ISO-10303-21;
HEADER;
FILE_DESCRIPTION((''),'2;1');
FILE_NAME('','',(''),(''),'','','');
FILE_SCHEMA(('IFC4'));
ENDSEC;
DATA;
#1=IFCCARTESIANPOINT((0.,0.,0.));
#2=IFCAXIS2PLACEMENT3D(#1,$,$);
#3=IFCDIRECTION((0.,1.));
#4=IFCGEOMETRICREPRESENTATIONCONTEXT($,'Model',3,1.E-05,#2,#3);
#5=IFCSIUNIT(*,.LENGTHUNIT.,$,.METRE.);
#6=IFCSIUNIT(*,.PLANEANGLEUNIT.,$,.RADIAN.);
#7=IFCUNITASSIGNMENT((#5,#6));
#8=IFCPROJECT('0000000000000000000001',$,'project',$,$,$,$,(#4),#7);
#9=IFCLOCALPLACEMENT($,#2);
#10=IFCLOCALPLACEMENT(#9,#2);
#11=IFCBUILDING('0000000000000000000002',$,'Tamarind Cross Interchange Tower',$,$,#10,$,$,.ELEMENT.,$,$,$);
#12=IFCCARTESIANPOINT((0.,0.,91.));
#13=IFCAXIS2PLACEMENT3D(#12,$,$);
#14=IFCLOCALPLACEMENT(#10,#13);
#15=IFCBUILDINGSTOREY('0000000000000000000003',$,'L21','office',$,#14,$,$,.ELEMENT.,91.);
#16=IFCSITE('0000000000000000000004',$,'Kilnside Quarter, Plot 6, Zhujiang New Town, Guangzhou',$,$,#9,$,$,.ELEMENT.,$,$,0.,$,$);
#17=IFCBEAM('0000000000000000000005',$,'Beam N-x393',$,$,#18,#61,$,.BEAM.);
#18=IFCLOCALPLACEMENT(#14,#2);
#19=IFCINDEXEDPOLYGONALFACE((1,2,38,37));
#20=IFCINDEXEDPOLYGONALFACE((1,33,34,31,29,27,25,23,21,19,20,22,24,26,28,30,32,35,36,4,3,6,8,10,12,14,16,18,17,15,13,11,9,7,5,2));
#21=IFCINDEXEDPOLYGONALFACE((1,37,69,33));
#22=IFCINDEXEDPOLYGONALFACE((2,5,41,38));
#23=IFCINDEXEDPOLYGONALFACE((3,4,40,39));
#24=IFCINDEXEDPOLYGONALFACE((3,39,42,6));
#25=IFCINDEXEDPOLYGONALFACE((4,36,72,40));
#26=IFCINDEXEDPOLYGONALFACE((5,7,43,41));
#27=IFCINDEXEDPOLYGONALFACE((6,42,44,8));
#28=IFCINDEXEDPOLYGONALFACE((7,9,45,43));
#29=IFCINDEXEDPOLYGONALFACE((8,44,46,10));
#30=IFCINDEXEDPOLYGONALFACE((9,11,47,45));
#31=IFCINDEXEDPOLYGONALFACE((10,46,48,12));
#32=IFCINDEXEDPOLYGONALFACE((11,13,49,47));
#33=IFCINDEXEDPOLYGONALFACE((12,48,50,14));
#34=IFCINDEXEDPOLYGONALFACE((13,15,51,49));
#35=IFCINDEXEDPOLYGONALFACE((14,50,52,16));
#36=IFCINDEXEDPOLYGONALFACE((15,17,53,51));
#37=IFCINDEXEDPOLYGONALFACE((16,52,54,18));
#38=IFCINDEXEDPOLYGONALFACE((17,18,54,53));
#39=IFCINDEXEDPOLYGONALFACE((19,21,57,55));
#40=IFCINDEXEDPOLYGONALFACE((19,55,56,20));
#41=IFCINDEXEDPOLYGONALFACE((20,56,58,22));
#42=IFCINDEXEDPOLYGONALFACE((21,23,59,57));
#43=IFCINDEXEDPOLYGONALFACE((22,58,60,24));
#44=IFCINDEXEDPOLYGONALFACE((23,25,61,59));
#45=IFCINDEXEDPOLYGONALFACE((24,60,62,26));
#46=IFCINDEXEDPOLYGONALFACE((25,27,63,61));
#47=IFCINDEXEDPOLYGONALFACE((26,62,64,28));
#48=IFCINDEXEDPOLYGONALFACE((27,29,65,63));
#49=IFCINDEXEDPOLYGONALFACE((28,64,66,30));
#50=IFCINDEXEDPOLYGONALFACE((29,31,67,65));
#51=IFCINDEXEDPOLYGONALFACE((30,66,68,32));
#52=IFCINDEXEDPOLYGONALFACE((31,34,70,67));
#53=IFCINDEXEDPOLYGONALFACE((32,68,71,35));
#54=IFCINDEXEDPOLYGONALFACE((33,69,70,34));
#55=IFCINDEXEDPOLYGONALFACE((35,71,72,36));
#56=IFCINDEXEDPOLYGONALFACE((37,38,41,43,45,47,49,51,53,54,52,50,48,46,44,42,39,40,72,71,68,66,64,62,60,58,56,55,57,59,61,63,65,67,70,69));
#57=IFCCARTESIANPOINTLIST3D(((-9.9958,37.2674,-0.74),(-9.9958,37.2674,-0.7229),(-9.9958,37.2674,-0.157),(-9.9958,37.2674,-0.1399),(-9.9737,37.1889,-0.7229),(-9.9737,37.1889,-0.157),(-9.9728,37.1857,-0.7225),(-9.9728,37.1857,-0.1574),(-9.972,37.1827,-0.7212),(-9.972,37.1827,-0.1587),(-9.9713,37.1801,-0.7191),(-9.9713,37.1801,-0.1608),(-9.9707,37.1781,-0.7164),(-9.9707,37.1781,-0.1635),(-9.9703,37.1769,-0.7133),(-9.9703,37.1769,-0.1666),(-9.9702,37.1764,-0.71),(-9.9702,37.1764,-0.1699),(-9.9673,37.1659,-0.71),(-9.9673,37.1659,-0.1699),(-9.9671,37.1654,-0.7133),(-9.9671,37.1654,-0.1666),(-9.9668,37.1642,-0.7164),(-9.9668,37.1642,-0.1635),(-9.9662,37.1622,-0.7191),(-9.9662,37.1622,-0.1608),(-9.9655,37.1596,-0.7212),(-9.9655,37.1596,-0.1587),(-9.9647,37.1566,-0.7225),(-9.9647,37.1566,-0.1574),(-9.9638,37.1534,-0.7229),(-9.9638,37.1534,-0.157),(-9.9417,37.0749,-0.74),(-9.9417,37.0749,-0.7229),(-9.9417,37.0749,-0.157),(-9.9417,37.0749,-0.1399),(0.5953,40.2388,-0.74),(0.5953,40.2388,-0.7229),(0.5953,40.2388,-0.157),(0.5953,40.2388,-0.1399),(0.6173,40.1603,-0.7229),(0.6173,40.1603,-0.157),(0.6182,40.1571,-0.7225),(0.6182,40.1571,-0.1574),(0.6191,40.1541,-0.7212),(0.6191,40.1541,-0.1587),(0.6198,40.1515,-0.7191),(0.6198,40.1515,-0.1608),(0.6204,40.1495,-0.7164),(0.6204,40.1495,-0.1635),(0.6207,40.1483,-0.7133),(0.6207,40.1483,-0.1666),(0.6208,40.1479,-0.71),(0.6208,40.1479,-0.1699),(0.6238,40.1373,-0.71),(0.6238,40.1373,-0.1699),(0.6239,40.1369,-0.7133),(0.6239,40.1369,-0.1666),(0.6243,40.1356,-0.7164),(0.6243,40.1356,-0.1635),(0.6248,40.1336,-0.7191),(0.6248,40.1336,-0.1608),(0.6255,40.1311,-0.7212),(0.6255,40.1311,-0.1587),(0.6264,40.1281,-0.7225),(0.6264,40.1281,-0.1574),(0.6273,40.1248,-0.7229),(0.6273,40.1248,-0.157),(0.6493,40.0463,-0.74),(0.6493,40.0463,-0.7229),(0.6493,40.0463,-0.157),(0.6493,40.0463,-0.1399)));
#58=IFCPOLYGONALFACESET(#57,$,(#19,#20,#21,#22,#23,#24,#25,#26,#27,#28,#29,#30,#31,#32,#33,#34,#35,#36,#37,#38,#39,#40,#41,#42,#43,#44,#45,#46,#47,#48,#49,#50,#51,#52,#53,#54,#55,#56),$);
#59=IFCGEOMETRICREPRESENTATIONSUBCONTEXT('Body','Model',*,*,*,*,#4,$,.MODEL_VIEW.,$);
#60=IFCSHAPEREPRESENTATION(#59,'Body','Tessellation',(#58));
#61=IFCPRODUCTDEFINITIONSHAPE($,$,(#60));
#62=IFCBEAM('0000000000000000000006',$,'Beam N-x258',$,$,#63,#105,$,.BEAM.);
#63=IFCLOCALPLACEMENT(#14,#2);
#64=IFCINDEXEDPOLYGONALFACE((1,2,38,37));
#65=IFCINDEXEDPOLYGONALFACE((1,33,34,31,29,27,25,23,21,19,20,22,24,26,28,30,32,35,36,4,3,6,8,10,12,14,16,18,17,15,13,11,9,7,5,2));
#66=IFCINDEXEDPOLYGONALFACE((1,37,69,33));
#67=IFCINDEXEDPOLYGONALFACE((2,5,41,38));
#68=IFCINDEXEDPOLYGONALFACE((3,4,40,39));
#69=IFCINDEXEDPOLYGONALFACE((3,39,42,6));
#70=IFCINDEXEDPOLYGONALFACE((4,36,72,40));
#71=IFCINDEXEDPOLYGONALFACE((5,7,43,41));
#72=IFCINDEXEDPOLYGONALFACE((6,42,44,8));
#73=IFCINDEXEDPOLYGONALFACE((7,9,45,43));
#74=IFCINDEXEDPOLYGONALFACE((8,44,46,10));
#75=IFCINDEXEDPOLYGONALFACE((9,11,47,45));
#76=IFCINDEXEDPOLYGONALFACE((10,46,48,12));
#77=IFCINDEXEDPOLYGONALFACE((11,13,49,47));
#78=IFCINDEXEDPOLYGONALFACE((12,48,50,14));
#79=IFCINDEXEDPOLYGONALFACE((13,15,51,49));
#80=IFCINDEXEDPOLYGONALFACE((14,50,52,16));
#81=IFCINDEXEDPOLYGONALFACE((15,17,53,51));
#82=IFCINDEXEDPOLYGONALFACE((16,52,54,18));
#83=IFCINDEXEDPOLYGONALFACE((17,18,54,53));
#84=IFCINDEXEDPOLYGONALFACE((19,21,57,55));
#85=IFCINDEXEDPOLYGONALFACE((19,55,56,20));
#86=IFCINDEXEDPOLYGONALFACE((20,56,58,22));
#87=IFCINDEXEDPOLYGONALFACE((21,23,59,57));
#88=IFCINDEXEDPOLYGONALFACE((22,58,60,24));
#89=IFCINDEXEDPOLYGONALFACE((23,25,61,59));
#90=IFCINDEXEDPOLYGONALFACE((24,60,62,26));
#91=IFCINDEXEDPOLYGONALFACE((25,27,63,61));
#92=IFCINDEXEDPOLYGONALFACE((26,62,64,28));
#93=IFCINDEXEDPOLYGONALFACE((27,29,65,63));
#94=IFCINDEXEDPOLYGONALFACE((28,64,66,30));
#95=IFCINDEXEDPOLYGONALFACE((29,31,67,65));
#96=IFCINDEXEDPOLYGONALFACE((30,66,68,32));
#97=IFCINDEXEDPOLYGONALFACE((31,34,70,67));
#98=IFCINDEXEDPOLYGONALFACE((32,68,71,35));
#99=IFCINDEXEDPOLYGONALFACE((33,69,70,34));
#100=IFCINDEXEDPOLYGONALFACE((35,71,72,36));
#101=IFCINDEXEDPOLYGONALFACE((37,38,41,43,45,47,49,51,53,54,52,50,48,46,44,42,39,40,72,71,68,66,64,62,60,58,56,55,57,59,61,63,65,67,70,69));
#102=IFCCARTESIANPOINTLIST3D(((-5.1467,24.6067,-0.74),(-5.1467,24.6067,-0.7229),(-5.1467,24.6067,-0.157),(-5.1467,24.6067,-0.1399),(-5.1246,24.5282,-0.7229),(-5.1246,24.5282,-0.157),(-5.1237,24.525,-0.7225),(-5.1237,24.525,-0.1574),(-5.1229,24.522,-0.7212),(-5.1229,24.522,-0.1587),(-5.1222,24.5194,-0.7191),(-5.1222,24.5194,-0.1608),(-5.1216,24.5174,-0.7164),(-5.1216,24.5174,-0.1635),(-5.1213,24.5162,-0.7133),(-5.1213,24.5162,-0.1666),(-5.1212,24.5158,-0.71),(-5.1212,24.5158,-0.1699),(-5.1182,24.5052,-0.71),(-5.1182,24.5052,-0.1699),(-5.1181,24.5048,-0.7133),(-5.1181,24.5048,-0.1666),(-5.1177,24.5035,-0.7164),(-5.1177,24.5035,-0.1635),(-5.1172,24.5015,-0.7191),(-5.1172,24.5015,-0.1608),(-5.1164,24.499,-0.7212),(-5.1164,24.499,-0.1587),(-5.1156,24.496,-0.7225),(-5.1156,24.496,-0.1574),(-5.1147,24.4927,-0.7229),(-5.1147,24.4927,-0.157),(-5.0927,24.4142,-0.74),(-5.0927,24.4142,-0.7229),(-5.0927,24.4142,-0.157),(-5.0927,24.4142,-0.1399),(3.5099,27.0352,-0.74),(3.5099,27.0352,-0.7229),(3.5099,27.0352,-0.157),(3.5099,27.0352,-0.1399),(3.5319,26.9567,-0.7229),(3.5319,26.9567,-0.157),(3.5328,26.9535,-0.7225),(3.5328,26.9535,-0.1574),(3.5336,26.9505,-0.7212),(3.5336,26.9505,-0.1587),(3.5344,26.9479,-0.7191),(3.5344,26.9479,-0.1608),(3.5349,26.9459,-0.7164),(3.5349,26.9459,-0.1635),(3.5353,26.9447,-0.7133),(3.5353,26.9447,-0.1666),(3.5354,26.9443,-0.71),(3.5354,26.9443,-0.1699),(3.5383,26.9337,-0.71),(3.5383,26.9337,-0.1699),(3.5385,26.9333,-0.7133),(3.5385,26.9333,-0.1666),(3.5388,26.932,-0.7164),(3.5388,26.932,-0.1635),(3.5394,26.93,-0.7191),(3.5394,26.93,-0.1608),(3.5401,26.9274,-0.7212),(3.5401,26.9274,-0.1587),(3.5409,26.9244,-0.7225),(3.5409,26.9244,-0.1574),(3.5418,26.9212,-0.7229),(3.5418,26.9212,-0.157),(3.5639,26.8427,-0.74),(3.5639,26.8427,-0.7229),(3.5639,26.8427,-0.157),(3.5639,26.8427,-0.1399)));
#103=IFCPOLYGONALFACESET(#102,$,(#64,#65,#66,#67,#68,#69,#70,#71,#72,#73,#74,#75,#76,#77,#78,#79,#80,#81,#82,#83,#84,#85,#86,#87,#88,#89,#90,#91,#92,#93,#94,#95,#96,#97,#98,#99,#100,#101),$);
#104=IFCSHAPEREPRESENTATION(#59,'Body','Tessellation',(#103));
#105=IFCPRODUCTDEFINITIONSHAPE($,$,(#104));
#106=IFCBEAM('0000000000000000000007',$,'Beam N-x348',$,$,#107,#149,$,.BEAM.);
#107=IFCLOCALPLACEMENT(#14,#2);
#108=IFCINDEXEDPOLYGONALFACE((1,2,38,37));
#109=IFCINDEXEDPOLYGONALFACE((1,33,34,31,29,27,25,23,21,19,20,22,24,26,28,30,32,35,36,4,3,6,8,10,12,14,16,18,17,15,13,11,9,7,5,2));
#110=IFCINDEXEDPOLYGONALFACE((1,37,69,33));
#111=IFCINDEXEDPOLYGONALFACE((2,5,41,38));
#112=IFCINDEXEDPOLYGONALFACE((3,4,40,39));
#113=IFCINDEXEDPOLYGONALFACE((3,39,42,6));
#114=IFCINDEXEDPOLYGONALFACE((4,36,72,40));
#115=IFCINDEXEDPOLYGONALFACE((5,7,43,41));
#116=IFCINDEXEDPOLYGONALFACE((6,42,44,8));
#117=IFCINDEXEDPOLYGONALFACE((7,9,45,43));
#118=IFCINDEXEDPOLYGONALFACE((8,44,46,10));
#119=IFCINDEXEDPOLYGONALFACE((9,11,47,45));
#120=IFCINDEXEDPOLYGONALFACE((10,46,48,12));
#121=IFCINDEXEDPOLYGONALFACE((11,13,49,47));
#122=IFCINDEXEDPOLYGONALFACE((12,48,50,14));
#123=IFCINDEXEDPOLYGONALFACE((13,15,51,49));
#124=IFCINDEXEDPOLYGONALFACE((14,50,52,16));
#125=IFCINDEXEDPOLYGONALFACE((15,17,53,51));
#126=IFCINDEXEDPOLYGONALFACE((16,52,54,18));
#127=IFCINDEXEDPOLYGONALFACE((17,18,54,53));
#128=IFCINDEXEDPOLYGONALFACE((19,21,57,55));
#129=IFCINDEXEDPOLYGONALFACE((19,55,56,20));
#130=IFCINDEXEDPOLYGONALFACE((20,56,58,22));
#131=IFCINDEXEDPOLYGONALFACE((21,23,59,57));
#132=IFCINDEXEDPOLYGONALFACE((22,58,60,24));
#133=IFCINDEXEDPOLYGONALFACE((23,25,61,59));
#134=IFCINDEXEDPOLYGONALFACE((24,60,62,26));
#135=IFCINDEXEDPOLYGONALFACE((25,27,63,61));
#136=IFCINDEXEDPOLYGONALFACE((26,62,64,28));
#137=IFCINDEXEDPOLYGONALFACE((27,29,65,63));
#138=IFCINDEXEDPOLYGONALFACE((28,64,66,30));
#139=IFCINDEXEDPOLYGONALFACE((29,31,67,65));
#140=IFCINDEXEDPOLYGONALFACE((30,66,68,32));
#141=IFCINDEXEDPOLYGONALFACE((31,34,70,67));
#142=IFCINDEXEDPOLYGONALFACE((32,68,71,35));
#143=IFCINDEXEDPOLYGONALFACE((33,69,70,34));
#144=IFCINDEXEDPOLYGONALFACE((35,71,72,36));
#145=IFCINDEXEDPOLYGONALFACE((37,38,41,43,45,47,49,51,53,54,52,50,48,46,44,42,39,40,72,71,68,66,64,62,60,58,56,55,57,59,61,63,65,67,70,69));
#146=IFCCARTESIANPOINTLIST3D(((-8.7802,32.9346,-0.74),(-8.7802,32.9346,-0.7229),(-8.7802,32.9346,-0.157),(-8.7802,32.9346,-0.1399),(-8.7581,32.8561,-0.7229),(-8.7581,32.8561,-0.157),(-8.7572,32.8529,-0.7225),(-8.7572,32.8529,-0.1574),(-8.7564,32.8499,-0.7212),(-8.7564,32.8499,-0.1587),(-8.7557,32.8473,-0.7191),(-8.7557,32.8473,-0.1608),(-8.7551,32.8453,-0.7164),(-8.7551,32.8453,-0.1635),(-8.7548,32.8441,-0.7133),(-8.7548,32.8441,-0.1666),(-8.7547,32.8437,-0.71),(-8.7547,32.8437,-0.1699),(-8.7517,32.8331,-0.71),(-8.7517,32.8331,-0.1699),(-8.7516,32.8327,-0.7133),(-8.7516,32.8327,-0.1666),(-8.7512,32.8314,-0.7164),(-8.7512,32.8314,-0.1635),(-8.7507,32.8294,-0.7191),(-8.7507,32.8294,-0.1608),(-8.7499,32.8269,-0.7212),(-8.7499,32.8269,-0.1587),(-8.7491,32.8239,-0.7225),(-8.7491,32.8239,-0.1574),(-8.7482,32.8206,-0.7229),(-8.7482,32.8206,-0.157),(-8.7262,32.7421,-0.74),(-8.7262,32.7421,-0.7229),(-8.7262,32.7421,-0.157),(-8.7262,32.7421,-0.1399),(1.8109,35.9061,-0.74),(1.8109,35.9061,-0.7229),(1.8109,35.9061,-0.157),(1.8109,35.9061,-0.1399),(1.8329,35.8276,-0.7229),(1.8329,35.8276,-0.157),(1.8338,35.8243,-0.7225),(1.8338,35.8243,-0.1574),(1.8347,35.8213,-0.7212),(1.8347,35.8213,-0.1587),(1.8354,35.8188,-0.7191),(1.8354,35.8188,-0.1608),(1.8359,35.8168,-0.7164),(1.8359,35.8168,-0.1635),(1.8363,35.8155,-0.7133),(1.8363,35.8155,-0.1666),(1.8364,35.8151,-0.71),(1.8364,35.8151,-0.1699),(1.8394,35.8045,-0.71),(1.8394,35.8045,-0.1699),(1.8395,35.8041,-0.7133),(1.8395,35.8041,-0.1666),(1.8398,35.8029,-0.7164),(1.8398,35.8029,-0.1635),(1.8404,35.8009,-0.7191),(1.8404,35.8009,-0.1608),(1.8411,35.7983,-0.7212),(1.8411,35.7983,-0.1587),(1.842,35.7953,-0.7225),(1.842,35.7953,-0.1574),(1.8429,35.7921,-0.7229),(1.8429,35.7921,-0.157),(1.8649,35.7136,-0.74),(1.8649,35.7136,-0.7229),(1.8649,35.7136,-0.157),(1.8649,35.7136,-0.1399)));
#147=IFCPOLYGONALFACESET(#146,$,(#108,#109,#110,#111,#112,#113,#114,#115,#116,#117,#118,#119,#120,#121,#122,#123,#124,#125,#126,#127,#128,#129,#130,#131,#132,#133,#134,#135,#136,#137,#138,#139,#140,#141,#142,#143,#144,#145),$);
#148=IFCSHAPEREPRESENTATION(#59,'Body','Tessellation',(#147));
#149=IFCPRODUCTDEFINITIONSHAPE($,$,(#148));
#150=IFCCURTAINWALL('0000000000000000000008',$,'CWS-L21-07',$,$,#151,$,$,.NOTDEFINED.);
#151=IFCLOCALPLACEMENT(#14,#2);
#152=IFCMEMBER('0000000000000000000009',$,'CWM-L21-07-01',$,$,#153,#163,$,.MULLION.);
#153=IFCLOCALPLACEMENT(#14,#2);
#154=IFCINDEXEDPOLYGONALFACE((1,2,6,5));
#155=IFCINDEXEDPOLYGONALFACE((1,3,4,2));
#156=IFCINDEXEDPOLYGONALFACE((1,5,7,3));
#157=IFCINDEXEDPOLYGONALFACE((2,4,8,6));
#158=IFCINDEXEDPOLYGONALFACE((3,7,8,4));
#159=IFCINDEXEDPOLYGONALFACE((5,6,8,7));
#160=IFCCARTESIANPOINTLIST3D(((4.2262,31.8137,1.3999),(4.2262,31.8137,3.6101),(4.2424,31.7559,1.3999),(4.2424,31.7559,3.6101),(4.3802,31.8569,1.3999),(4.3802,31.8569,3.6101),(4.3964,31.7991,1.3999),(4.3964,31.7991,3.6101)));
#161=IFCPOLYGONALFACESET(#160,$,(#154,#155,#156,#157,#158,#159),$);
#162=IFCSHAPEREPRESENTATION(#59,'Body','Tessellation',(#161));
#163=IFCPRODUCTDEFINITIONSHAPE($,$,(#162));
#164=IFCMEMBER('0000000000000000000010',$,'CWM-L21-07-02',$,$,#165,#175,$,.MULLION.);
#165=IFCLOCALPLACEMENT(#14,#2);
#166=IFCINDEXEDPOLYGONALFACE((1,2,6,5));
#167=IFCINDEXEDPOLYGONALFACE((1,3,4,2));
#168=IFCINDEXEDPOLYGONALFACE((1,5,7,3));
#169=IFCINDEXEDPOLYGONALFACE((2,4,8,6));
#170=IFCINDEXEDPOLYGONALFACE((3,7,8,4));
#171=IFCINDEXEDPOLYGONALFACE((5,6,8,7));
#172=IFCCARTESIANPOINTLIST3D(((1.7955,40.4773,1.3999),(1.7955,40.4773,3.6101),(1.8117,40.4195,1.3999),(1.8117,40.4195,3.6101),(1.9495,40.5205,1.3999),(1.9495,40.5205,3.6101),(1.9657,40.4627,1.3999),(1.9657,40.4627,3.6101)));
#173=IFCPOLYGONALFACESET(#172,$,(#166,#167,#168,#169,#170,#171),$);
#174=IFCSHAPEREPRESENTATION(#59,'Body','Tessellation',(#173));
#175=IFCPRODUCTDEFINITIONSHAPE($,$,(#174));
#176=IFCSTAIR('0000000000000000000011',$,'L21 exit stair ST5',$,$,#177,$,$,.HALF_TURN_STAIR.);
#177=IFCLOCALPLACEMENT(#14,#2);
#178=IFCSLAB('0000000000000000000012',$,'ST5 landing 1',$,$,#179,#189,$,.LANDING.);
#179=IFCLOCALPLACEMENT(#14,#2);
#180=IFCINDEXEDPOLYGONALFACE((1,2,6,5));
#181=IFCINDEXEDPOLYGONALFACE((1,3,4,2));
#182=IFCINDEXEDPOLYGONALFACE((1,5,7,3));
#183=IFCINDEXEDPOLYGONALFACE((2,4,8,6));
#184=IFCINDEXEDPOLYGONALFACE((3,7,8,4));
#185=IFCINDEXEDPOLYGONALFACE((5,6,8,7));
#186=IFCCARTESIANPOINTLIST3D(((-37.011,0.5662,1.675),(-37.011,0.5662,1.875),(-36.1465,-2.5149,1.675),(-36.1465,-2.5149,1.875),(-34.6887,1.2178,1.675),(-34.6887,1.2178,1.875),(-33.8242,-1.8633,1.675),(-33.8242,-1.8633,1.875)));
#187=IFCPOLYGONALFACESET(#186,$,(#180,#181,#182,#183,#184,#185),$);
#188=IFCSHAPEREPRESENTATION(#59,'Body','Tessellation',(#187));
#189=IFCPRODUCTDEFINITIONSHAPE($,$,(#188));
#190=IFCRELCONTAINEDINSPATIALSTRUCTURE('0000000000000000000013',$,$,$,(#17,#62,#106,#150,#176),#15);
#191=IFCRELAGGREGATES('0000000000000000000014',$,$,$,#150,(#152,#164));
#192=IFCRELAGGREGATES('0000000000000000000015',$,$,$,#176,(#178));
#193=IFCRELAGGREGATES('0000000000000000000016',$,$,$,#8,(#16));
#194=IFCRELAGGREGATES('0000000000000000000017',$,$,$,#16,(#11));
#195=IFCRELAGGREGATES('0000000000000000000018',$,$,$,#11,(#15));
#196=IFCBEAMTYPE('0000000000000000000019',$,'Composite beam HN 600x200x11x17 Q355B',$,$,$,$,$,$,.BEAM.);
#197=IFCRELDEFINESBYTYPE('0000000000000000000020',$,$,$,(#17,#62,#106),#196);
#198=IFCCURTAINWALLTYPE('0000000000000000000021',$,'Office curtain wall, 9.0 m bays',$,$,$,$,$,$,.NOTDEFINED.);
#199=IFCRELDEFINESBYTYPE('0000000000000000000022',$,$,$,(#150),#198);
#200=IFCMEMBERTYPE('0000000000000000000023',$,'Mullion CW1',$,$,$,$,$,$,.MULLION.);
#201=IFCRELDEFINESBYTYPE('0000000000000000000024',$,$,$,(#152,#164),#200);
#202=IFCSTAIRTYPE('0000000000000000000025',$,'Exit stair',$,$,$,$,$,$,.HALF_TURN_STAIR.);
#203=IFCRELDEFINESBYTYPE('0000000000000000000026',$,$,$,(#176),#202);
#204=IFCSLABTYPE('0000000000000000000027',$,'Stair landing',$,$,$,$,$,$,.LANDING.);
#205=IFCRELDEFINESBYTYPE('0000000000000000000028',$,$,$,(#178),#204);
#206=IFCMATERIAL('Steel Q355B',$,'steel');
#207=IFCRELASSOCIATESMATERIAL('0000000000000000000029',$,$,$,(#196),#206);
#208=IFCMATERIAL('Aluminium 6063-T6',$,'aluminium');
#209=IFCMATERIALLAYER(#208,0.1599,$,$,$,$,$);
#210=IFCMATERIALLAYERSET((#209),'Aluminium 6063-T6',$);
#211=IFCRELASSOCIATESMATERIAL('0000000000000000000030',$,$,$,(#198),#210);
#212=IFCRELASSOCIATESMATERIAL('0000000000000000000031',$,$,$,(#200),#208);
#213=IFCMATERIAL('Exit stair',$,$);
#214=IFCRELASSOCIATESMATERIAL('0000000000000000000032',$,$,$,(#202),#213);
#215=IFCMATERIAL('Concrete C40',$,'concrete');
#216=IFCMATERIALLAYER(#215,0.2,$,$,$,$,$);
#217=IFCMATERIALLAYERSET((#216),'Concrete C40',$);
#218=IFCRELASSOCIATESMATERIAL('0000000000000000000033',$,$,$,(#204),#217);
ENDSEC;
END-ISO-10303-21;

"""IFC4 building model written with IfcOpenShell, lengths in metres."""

from ifc_helpers import new_model, si_unit, direction, frame, origin, origin_2d, place, context, subcontext, project, spatial, polyline, rectangle, i_section, outline, extrude, material, layer, layer_set, material_profile, profile_set, type_object, element, aggregate, save


model = new_model("IFC4")

# Units and contexts
model_context = context("Model", 3, precision=1e-05, world=origin(), true_north=direction((0.0, 1.0)))
body_context = subcontext(model_context, "Body", "Model", "MODEL_VIEW")
ifc_project = project(units=[si_unit("LENGTHUNIT", "METRE"), si_unit("PLANEANGLEUNIT", "RADIAN")], contexts=[model_context])

# Site, building, storey
site_placement = place(None, origin())
site = spatial("IfcSite", under=ifc_project, at=site_placement, Name="Kilnside Quarter, Plot 6, Zhujiang New Town, Guangzhou", CompositionType="ELEMENT", RefElevation=0.0)
building_placement = place(site_placement, origin())
building = spatial("IfcBuilding", under=site, at=building_placement, Name="Tamarind Cross Interchange Tower", CompositionType="ELEMENT")
storey_placement = place(building_placement, frame((0.0, 0.0, 91.0)))
storey = spatial("IfcBuildingStorey", under=building, at=storey_placement, Name="L21", Description="office", CompositionType="ELEMENT", Elevation=91.0)

# Beams
ifc_material_1 = material(Name="Steel Q355B", Category="steel")
ifc_material_profile_1 = material_profile(ifc_material_1, i_section(OverallWidth=0.2, OverallDepth=0.6001, WebThickness=0.011, FlangeThickness=0.0171, FilletRadius=0.0129, at=origin_2d()), Name="HN 600x200x11x17")
ifc_profile_set_1 = profile_set([ifc_material_profile_1], Name="Steel Q355B")
beam_type_1 = type_object("IfcBeamType", Name="Composite beam HN 600x200x11x17 Q355B", PredefinedType="BEAM", material=ifc_profile_set_1)
for number, where, z_axis, x_axis, name in (
    (1, (0.6223, 40.1426, -0.4399), (-0.962824, -0.27013, 0.0), (0.27013, -0.962824, 0.0), "Beam N-x393"),
):
    element("IfcBeam", number, at=place(storey_placement, frame(where, z_axis=z_axis, x_axis=x_axis)), inside=storey, type_object=beam_type_1, Name=name, PredefinedType="BEAM", context=body_context, shape_type="SweptSolid", body=[
        extrude(i_section(OverallWidth=0.2, OverallDepth=0.6001, WebThickness=0.011, FlangeThickness=0.0171, FilletRadius=0.0129, at=origin_2d()), origin(), (0.0, 0.0, 1.0), 11.0),
    ])
beam_1_placement = place(storey_placement, frame((3.5369, 26.939, -0.4399), z_axis=(-0.96283, -0.270109, 0.0), x_axis=(0.270109, -0.96283, 0.0)))
element("IfcBeam", 2, at=beam_1_placement, inside=storey, type_object=beam_type_1, Name="Beam N-x258", PredefinedType="BEAM", context=body_context, shape_type="SweptSolid", body=[
    extrude(i_section(OverallWidth=0.2, OverallDepth=0.6001, WebThickness=0.011, FlangeThickness=0.0171, FilletRadius=0.0129, at=origin_2d()), origin(), (0.0, 0.0, 1.0), 8.9907),
])
beam_2_placement = place(storey_placement, frame((1.8379, 35.8098, -0.4399), z_axis=(-0.962824, -0.27013, 0.0), x_axis=(0.27013, -0.962824, 0.0)))
element("IfcBeam", 3, at=beam_2_placement, inside=storey, type_object=beam_type_1, Name="Beam N-x348", PredefinedType="BEAM", context=body_context, shape_type="SweptSolid", body=[
    extrude(i_section(OverallWidth=0.2, OverallDepth=0.6001, WebThickness=0.011, FlangeThickness=0.0171, FilletRadius=0.0129, at=origin_2d()), origin(), (0.0, 0.0, 1.0), 11.0),
])

# Curtain wall, members
ifc_material_2 = material(Name="Aluminium 6063-T6", Category="aluminium")
ifc_layer_1 = layer(ifc_material_2, 0.1599)
ifc_layer_set_1 = layer_set([ifc_layer_1], Name="Aluminium 6063-T6")
curtain_wall_type = type_object("IfcCurtainWallType", Name="Office curtain wall, 9.0 m bays", PredefinedType="NOTDEFINED", material=ifc_layer_set_1)
curtain_wall_placement = place(storey_placement, origin())
curtain_wall = element("IfcCurtainWall", 4, at=curtain_wall_placement, inside=storey, type_object=curtain_wall_type, Name="CWS-L21-07", PredefinedType="NOTDEFINED")
ifc_material_profile_2 = material_profile(ifc_material_2, rectangle(XDim=0.0601, YDim=0.1599, at=origin_2d()), Name="Mullion CW1")
ifc_profile_set_2 = profile_set([ifc_material_profile_2], Name="Aluminium 6063-T6")
member_type = type_object("IfcMemberType", Name="Mullion CW1", PredefinedType="MULLION", material=ifc_profile_set_2)
member_1_placement = place(storey_placement, frame((4.3113, 31.8064, 1.3999), z_axis=(0.0, 0.0, 1.0), x_axis=(-0.27013, 0.962824, 0.0)))
member_1 = element("IfcMember", 5, at=member_1_placement, type_object=member_type, Name="CWM-L21-07-01", PredefinedType="MULLION", context=body_context, shape_type="SweptSolid", body=[
    extrude(rectangle(XDim=0.0601, YDim=0.1599, at=origin_2d()), origin(), (0.0, 0.0, 1.0), 2.2102),
])
member_2_placement = place(storey_placement, frame((1.8806, 40.47, 1.3999), z_axis=(0.0, 0.0, 1.0), x_axis=(-0.27013, 0.962824, 0.0)))
member_2 = element("IfcMember", 6, at=member_2_placement, type_object=member_type, Name="CWM-L21-07-02", PredefinedType="MULLION", context=body_context, shape_type="SweptSolid", body=[
    extrude(rectangle(XDim=0.0601, YDim=0.1599, at=origin_2d()), origin(), (0.0, 0.0, 1.0), 2.2102),
])
aggregate(curtain_wall, [member_1, member_2])

# Stair, slab
ifc_material_3 = material(Name="Exit stair")
stair_type = type_object("IfcStairType", Name="Exit stair", PredefinedType="HALF_TURN_STAIR", material=ifc_material_3)
stair_1_placement = place(storey_placement, origin())
stair_1 = element("IfcStair", 7, at=stair_1_placement, inside=storey, type_object=stair_type, Name="L21 exit stair ST5", PredefinedType="HALF_TURN_STAIR")
ifc_material_4 = material(Name="Concrete C40", Category="concrete")
ifc_layer_2 = layer(ifc_material_4, 0.2)
ifc_layer_set_2 = layer_set([ifc_layer_2], Name="Concrete C40")
slab_type = type_object("IfcSlabType", Name="Stair landing", PredefinedType="LANDING", material=ifc_layer_set_2)
slab_1_placement = place(storey_placement, frame((0.0, 0.0, 1.675)))
slab_1 = element("IfcSlab", 8, at=slab_1_placement, type_object=slab_type, Name="ST5 landing 1", PredefinedType="LANDING", context=body_context, shape_type="SweptSolid", body=[
    extrude(outline(polyline([(-34.6887, 1.2178), (-37.011, 0.5662), (-36.1465, -2.5149), (-33.8242, -1.8633), (-34.6887, 1.2178)])), origin(), (0.0, 0.0, 1.0), 0.2),
])
aggregate(stair_1, [slab_1])

save(model, "model.ifc")
